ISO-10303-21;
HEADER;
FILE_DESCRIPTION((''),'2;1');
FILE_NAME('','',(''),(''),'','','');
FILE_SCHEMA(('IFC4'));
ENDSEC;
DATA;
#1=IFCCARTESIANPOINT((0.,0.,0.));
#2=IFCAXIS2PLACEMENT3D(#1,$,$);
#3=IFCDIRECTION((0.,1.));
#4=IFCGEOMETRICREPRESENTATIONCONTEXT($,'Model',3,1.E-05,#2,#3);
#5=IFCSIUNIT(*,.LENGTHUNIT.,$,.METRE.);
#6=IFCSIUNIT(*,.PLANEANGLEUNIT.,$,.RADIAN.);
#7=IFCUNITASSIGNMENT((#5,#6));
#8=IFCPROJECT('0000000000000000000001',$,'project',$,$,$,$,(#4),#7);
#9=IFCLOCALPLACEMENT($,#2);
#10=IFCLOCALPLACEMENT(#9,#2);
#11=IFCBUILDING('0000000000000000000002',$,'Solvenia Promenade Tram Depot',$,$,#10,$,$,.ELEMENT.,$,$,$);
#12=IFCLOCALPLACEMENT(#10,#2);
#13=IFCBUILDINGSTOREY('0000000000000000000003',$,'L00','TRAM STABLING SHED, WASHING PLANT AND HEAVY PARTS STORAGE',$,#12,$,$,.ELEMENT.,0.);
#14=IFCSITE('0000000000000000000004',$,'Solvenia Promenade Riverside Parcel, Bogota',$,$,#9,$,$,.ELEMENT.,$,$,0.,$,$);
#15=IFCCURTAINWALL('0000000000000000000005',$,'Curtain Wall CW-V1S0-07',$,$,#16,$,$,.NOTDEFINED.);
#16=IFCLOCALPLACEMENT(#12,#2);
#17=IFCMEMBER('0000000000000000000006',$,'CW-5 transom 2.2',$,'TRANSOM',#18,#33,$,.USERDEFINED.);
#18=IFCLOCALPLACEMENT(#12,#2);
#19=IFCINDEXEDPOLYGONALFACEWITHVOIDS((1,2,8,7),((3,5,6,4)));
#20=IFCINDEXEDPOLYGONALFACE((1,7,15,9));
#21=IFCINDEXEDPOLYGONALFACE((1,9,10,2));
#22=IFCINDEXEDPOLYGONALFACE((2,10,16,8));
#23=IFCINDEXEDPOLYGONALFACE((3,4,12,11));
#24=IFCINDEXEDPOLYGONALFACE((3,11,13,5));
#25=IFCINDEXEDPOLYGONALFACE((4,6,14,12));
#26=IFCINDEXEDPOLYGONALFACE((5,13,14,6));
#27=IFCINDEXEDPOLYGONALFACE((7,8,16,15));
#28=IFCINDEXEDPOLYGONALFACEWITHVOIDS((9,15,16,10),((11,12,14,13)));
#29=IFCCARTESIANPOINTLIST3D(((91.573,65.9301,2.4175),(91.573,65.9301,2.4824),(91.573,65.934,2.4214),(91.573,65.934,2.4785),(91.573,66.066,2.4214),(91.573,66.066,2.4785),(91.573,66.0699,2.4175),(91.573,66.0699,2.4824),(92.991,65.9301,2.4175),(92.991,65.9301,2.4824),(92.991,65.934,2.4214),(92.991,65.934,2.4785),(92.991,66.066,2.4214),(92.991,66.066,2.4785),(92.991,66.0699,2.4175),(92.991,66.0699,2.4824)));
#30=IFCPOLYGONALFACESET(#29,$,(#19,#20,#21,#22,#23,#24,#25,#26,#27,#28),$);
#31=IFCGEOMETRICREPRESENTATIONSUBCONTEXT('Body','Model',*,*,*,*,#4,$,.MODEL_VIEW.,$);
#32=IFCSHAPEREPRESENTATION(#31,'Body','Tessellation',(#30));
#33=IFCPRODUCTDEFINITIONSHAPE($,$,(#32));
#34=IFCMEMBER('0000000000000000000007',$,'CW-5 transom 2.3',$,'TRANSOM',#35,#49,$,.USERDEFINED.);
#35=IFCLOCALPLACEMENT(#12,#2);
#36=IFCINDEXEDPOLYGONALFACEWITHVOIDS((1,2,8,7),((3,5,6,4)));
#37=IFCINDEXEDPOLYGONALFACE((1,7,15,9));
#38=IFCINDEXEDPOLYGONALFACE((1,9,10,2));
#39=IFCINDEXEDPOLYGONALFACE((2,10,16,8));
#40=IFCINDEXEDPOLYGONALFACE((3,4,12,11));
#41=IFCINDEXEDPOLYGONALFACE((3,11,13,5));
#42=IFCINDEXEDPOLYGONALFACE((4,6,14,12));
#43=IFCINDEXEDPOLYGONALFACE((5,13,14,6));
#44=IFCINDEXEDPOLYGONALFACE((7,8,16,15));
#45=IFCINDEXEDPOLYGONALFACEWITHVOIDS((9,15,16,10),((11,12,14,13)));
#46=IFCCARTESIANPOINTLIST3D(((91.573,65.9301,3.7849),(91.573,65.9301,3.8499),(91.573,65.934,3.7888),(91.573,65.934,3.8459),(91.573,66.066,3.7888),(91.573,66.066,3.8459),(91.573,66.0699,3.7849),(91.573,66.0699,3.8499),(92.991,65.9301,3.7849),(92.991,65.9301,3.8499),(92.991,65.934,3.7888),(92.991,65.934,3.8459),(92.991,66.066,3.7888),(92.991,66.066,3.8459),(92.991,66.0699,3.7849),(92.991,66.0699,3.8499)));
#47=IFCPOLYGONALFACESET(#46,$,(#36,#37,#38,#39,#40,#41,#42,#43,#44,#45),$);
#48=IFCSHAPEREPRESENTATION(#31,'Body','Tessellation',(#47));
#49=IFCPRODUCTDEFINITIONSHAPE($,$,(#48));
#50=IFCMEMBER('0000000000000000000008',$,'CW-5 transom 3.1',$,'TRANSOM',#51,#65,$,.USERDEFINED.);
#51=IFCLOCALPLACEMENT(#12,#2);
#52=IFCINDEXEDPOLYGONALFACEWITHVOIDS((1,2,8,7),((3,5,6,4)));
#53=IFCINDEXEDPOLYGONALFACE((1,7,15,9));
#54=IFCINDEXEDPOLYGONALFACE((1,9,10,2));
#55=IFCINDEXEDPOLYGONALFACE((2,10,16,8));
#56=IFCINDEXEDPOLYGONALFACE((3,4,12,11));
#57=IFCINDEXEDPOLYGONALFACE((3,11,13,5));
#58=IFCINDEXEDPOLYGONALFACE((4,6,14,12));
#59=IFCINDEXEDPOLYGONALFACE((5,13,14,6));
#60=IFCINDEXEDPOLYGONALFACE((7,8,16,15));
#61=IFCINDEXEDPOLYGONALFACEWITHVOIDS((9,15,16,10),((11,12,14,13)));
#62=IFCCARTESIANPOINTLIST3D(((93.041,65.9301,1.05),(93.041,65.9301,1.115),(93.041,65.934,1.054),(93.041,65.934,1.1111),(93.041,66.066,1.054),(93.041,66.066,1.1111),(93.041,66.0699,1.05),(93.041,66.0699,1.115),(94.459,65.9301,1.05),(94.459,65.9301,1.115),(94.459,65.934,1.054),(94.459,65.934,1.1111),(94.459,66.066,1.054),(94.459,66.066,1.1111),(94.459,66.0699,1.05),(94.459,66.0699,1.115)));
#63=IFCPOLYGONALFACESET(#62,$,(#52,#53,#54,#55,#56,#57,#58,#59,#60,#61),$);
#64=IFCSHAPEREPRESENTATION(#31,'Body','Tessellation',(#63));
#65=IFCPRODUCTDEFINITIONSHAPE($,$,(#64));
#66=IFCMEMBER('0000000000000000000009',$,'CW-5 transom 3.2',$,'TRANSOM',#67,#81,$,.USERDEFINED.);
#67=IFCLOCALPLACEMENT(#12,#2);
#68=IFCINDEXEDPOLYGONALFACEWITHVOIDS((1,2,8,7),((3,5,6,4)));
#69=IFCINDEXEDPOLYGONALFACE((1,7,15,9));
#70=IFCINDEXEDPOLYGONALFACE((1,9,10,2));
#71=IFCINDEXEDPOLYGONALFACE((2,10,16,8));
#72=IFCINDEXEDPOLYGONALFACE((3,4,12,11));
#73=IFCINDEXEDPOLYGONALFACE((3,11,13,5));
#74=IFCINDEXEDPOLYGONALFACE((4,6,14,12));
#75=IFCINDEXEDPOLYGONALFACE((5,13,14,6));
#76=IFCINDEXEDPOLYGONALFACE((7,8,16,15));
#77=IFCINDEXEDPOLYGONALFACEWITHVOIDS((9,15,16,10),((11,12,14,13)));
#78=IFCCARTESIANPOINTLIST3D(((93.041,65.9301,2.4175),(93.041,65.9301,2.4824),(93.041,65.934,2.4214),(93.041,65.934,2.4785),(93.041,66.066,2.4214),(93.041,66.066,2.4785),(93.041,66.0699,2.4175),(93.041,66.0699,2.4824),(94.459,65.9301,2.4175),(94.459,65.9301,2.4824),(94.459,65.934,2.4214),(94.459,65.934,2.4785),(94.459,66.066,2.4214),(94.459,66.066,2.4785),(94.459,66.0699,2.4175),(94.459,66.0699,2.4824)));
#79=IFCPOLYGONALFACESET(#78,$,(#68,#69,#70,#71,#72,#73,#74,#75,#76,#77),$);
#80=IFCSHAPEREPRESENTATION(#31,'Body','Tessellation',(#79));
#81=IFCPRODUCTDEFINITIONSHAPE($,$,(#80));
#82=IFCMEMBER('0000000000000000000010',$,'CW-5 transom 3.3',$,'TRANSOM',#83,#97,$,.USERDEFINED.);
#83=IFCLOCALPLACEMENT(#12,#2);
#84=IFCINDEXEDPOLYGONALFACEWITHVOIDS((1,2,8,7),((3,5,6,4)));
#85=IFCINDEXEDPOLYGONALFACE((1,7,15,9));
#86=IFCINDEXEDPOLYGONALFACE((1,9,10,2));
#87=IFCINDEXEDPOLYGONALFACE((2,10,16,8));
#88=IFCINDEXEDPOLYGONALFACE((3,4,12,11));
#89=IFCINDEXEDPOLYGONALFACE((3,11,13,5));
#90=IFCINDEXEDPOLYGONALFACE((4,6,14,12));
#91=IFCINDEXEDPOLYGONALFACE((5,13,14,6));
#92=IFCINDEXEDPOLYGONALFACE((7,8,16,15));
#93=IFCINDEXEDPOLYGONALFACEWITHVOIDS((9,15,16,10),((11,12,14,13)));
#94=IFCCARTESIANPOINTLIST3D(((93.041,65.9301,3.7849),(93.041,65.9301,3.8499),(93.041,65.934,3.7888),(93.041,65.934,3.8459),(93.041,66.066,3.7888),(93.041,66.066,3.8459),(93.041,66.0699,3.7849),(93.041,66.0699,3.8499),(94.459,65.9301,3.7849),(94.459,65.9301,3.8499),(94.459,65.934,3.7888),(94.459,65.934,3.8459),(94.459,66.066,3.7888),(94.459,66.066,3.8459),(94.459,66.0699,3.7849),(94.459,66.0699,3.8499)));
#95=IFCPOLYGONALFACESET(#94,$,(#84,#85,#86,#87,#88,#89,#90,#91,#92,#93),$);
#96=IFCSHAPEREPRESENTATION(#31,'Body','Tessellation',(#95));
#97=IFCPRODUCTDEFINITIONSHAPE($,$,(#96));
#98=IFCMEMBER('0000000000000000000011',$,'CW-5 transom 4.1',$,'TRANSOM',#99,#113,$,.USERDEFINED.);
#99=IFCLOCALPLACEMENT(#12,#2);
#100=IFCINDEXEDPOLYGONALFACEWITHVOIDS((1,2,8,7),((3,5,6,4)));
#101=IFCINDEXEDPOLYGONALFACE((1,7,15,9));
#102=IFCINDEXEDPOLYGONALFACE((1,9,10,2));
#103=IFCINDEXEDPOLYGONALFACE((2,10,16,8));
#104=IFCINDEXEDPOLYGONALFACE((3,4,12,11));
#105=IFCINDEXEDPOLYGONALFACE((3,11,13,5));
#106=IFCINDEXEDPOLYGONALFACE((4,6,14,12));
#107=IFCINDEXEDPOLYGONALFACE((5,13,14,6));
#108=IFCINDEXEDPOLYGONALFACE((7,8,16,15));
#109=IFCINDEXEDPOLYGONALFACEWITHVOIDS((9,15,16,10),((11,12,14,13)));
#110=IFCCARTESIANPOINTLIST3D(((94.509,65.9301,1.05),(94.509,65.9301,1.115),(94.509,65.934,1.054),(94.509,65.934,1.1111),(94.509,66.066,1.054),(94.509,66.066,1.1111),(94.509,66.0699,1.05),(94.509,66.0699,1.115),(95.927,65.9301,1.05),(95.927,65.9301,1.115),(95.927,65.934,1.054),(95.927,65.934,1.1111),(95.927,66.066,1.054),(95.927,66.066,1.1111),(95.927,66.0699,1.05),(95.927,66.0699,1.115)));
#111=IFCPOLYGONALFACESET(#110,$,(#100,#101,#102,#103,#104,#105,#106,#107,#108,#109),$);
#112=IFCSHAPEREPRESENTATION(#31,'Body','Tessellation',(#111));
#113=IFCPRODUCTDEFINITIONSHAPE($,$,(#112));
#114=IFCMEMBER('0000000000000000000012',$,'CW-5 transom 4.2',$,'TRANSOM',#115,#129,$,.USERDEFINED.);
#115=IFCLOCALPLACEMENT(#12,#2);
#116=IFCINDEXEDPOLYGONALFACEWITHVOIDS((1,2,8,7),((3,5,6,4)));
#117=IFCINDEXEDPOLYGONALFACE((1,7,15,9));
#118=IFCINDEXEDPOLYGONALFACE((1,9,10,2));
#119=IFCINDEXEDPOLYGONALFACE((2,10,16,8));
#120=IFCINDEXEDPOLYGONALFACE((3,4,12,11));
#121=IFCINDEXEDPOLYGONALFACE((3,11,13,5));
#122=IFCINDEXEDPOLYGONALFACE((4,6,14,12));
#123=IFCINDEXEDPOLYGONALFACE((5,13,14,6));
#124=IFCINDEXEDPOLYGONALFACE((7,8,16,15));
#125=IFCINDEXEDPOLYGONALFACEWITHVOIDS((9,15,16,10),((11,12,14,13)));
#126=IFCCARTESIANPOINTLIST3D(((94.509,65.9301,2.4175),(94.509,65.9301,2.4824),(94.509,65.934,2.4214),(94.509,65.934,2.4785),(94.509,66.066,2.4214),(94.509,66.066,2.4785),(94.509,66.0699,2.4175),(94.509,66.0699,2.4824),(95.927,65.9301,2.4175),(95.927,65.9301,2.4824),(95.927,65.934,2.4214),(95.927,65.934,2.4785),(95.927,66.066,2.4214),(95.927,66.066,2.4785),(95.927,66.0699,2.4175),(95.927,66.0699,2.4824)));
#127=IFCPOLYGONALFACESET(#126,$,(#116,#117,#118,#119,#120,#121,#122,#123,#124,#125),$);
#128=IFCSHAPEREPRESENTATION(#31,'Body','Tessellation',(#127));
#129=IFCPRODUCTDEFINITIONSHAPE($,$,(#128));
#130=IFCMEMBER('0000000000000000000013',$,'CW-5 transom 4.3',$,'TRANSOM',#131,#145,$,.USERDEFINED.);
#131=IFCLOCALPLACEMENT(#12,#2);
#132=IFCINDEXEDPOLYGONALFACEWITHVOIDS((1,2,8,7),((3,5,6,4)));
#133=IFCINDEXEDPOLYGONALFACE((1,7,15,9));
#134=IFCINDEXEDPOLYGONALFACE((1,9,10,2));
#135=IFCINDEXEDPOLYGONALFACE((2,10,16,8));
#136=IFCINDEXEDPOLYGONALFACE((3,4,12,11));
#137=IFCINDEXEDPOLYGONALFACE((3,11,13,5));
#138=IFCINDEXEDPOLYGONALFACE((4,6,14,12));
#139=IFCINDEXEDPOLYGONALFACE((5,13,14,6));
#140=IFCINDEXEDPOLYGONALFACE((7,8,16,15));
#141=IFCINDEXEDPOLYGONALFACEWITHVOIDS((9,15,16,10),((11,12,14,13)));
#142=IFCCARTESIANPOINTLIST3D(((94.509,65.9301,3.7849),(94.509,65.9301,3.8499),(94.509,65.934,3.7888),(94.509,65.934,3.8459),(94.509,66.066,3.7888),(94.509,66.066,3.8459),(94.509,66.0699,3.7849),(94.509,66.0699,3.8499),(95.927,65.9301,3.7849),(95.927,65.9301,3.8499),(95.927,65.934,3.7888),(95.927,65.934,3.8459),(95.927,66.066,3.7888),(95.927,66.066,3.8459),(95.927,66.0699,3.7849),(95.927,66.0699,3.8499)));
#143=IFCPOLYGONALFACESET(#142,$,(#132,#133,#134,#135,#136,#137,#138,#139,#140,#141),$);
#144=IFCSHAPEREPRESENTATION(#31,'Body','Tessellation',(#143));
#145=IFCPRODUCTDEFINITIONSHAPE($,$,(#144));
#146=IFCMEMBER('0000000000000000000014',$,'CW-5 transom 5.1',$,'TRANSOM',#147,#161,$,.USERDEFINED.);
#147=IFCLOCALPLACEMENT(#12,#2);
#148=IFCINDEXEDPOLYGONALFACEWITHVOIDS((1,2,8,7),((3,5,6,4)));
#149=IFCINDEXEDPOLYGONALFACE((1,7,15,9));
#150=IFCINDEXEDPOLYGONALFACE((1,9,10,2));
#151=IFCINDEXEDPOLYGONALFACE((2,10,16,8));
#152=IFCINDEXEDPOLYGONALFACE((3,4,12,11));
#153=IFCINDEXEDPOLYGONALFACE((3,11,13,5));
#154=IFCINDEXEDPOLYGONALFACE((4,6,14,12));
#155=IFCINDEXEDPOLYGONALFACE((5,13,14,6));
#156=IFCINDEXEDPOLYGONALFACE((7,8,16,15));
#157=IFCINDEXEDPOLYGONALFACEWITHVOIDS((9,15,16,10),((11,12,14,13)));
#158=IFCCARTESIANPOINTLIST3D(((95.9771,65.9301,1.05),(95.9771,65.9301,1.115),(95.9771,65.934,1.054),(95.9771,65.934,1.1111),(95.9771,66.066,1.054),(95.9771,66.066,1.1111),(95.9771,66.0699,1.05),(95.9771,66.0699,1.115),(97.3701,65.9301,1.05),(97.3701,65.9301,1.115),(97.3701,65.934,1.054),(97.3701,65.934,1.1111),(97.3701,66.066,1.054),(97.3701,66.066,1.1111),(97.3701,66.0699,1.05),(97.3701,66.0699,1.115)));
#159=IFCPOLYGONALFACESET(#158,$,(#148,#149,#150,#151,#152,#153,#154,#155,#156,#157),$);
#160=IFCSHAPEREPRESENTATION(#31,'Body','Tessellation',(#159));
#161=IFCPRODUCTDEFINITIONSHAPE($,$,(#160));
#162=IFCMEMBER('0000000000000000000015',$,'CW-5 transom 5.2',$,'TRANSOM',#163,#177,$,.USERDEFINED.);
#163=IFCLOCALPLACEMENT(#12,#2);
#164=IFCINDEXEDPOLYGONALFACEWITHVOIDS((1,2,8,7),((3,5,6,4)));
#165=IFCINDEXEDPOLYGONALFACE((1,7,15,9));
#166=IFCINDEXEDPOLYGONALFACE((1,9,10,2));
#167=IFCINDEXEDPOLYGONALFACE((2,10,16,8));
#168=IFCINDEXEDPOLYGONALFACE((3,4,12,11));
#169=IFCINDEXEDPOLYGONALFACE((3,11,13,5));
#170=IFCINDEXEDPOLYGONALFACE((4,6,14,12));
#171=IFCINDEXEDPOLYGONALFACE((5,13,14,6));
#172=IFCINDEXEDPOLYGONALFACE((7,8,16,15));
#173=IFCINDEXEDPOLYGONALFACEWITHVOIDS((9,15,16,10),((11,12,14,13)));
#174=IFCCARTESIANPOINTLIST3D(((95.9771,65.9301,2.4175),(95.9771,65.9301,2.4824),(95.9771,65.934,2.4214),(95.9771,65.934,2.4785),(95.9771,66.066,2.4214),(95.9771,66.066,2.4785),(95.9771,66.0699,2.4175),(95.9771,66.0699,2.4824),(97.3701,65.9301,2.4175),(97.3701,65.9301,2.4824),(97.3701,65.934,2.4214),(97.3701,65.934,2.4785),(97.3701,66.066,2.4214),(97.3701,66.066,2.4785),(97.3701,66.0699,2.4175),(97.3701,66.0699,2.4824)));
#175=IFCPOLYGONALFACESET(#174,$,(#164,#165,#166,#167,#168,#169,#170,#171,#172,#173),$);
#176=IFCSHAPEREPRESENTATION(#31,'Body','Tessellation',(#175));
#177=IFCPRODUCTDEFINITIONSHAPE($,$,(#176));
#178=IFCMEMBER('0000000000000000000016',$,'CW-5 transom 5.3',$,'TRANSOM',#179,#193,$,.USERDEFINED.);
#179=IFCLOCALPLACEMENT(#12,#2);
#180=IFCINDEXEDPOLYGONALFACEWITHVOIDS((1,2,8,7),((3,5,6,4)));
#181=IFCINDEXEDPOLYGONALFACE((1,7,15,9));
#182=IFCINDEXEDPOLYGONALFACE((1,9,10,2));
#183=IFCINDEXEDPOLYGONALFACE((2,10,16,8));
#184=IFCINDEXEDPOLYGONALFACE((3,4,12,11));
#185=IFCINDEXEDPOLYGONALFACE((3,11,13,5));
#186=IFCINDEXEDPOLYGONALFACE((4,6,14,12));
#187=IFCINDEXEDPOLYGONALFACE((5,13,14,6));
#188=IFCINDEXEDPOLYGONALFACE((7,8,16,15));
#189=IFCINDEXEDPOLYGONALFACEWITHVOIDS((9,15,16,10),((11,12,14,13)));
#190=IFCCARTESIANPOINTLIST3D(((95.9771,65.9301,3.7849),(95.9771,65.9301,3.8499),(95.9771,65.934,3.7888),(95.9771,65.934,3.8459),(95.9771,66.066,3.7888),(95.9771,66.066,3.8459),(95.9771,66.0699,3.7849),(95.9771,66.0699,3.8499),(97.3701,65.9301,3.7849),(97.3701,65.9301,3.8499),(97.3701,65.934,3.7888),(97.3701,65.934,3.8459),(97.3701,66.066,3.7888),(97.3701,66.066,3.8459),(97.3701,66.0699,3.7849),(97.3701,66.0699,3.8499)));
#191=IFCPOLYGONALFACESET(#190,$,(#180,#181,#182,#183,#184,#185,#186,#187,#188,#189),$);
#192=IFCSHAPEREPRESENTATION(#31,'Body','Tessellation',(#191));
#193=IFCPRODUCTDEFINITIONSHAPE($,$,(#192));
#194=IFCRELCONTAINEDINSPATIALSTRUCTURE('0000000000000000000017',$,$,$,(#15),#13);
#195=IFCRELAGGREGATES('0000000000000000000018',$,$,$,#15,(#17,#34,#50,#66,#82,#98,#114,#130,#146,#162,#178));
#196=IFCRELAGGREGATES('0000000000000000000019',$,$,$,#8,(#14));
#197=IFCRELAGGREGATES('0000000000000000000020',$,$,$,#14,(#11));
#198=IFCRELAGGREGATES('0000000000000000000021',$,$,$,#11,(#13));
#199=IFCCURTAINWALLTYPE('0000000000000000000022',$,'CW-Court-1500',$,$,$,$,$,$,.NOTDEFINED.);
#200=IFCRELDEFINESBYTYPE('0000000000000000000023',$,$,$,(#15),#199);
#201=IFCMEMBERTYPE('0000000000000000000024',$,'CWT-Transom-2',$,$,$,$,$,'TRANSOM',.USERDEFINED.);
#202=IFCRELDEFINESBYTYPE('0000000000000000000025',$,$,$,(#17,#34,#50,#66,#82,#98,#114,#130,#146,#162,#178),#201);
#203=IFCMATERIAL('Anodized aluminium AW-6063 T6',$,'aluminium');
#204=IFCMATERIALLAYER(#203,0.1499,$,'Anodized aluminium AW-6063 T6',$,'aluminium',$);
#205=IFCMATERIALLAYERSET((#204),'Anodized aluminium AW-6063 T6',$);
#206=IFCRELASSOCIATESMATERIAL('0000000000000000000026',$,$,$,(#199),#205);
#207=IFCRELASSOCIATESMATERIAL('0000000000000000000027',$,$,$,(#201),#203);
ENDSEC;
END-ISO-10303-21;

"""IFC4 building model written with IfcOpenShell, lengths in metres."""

from ifc_helpers import new_model, si_unit, direction, frame, origin, origin_2d, place, context, subcontext, project, spatial, hollow_rectangle, extrude, material, layer, layer_set, material_profile, profile_set, type_object, element, aggregate, save


model = new_model("IFC4")

# Units and contexts
model_context = context("Model", 3, precision=1e-05, world=origin(), true_north=direction((0.0, 1.0)))
body_context = subcontext(model_context, "Body", "Model", "MODEL_VIEW")
ifc_project = project(units=[si_unit("LENGTHUNIT", "METRE"), si_unit("PLANEANGLEUNIT", "RADIAN")], contexts=[model_context])

# Site, building, storey
site_placement = place(None, origin())
site = spatial("IfcSite", under=ifc_project, at=site_placement, Name="Solvenia Promenade Riverside Parcel, Bogota", CompositionType="ELEMENT", RefElevation=0.0)
building_placement = place(site_placement, origin())
building = spatial("IfcBuilding", under=site, at=building_placement, Name="Solvenia Promenade Tram Depot", CompositionType="ELEMENT")
storey_placement = place(building_placement, origin())
storey = spatial("IfcBuildingStorey", under=building, at=storey_placement, Name="L00", Description="TRAM STABLING SHED, WASHING PLANT AND HEAVY PARTS STORAGE", CompositionType="ELEMENT", Elevation=0.0)

# Curtain wall
ifc_material_1 = material(Name="Anodized aluminium AW-6063 T6", Category="aluminium")
ifc_layer_1 = layer(ifc_material_1, 0.1499, Name="Anodized aluminium AW-6063 T6", Category="aluminium")
ifc_layer_set_1 = layer_set([ifc_layer_1], Name="Anodized aluminium AW-6063 T6")
curtain_wall_type = type_object("IfcCurtainWallType", Name="CW-Court-1500", PredefinedType="NOTDEFINED", material=ifc_layer_set_1)
curtain_wall_1_placement = place(storey_placement, origin())
curtain_wall_1 = element("IfcCurtainWall", 1, at=curtain_wall_1_placement, inside=storey, type_object=curtain_wall_type, Name="Curtain Wall CW-V1S0-07", PredefinedType="NOTDEFINED")

# Members
ifc_material_profile_1 = material_profile(ifc_material_1, hollow_rectangle(XDim=0.1399, YDim=0.0649, WallThickness=0.0039, at=origin_2d()), Name="ALU-T2", Category="aluminium")
ifc_profile_set_1 = profile_set([ifc_material_profile_1], Name="Anodized aluminium AW-6063 T6")
member_type_1 = type_object("IfcMemberType", Name="CWT-Transom-2", ElementType="TRANSOM", PredefinedType="USERDEFINED", material=ifc_profile_set_1)
member_1_placement = place(storey_placement, frame((91.573, 66.0, 2.45), z_axis=(1.0, 0.0, 0.0), x_axis=(0.0, 1.0, 0.0)))
member_1 = element("IfcMember", 2, at=member_1_placement, type_object=member_type_1, Name="CW-5 transom 2.2", ObjectType="TRANSOM", PredefinedType="USERDEFINED", context=body_context, shape_type="SweptSolid", body=[
    extrude(hollow_rectangle(XDim=0.1399, YDim=0.0649, WallThickness=0.0039, at=origin_2d()), origin(), (0.0, 0.0, 1.0), 1.418),
])
member_2_placement = place(storey_placement, frame((91.573, 66.0, 3.8174), z_axis=(1.0, 0.0, 0.0), x_axis=(0.0, 1.0, 0.0)))
member_2 = element("IfcMember", 3, at=member_2_placement, type_object=member_type_1, Name="CW-5 transom 2.3", ObjectType="TRANSOM", PredefinedType="USERDEFINED", context=body_context, shape_type="SweptSolid", body=[
    extrude(hollow_rectangle(XDim=0.1399, YDim=0.0649, WallThickness=0.0039, at=origin_2d()), origin(), (0.0, 0.0, 1.0), 1.418),
])
member_3_placement = place(storey_placement, frame((93.041, 66.0, 1.0825), z_axis=(1.0, 0.0, 0.0), x_axis=(0.0, 1.0, 0.0)))
member_3 = element("IfcMember", 4, at=member_3_placement, type_object=member_type_1, Name="CW-5 transom 3.1", ObjectType="TRANSOM", PredefinedType="USERDEFINED", context=body_context, shape_type="SweptSolid", body=[
    extrude(hollow_rectangle(XDim=0.1399, YDim=0.0649, WallThickness=0.0039, at=origin_2d()), origin(), (0.0, 0.0, 1.0), 1.418),
])
member_4_placement = place(storey_placement, frame((93.041, 66.0, 2.45), z_axis=(1.0, 0.0, 0.0), x_axis=(0.0, 1.0, 0.0)))
member_4 = element("IfcMember", 5, at=member_4_placement, type_object=member_type_1, Name="CW-5 transom 3.2", ObjectType="TRANSOM", PredefinedType="USERDEFINED", context=body_context, shape_type="SweptSolid", body=[
    extrude(hollow_rectangle(XDim=0.1399, YDim=0.0649, WallThickness=0.0039, at=origin_2d()), origin(), (0.0, 0.0, 1.0), 1.418),
])
member_5_placement = place(storey_placement, frame((93.041, 66.0, 3.8174), z_axis=(1.0, 0.0, 0.0), x_axis=(0.0, 1.0, 0.0)))
member_5 = element("IfcMember", 6, at=member_5_placement, type_object=member_type_1, Name="CW-5 transom 3.3", ObjectType="TRANSOM", PredefinedType="USERDEFINED", context=body_context, shape_type="SweptSolid", body=[
    extrude(hollow_rectangle(XDim=0.1399, YDim=0.0649, WallThickness=0.0039, at=origin_2d()), origin(), (0.0, 0.0, 1.0), 1.418),
])
member_6_placement = place(storey_placement, frame((94.509, 66.0, 1.0825), z_axis=(1.0, 0.0, 0.0), x_axis=(0.0, 1.0, 0.0)))
member_6 = element("IfcMember", 7, at=member_6_placement, type_object=member_type_1, Name="CW-5 transom 4.1", ObjectType="TRANSOM", PredefinedType="USERDEFINED", context=body_context, shape_type="SweptSolid", body=[
    extrude(hollow_rectangle(XDim=0.1399, YDim=0.0649, WallThickness=0.0039, at=origin_2d()), origin(), (0.0, 0.0, 1.0), 1.418),
])
member_7_placement = place(storey_placement, frame((94.509, 66.0, 2.45), z_axis=(1.0, 0.0, 0.0), x_axis=(0.0, 1.0, 0.0)))
member_7 = element("IfcMember", 8, at=member_7_placement, type_object=member_type_1, Name="CW-5 transom 4.2", ObjectType="TRANSOM", PredefinedType="USERDEFINED", context=body_context, shape_type="SweptSolid", body=[
    extrude(hollow_rectangle(XDim=0.1399, YDim=0.0649, WallThickness=0.0039, at=origin_2d()), origin(), (0.0, 0.0, 1.0), 1.418),
])
member_8_placement = place(storey_placement, frame((94.509, 66.0, 3.8174), z_axis=(1.0, 0.0, 0.0), x_axis=(0.0, 1.0, 0.0)))
member_8 = element("IfcMember", 9, at=member_8_placement, type_object=member_type_1, Name="CW-5 transom 4.3", ObjectType="TRANSOM", PredefinedType="USERDEFINED", context=body_context, shape_type="SweptSolid", body=[
    extrude(hollow_rectangle(XDim=0.1399, YDim=0.0649, WallThickness=0.0039, at=origin_2d()), origin(), (0.0, 0.0, 1.0), 1.418),
])
member_9_placement = place(storey_placement, frame((95.9771, 66.0, 1.0825), z_axis=(1.0, 0.0, 0.0), x_axis=(0.0, 1.0, 0.0)))
member_9 = element("IfcMember", 10, at=member_9_placement, type_object=member_type_1, Name="CW-5 transom 5.1", ObjectType="TRANSOM", PredefinedType="USERDEFINED", context=body_context, shape_type="SweptSolid", body=[
    extrude(hollow_rectangle(XDim=0.1399, YDim=0.0649, WallThickness=0.0039, at=origin_2d()), origin(), (0.0, 0.0, 1.0), 1.3931),
])
member_10_placement = place(storey_placement, frame((95.9771, 66.0, 2.45), z_axis=(1.0, 0.0, 0.0), x_axis=(0.0, 1.0, 0.0)))
member_10 = element("IfcMember", 11, at=member_10_placement, type_object=member_type_1, Name="CW-5 transom 5.2", ObjectType="TRANSOM", PredefinedType="USERDEFINED", context=body_context, shape_type="SweptSolid", body=[
    extrude(hollow_rectangle(XDim=0.1399, YDim=0.0649, WallThickness=0.0039, at=origin_2d()), origin(), (0.0, 0.0, 1.0), 1.3931),
])
member_11_placement = place(storey_placement, frame((95.9771, 66.0, 3.8174), z_axis=(1.0, 0.0, 0.0), x_axis=(0.0, 1.0, 0.0)))
member_11 = element("IfcMember", 12, at=member_11_placement, type_object=member_type_1, Name="CW-5 transom 5.3", ObjectType="TRANSOM", PredefinedType="USERDEFINED", context=body_context, shape_type="SweptSolid", body=[
    extrude(hollow_rectangle(XDim=0.1399, YDim=0.0649, WallThickness=0.0039, at=origin_2d()), origin(), (0.0, 0.0, 1.0), 1.3931),
])

aggregate(curtain_wall_1, [member_1, member_2, member_3, member_4, member_5, member_6, member_7, member_8, member_9, member_10, member_11])

save(model, "model.ifc")
